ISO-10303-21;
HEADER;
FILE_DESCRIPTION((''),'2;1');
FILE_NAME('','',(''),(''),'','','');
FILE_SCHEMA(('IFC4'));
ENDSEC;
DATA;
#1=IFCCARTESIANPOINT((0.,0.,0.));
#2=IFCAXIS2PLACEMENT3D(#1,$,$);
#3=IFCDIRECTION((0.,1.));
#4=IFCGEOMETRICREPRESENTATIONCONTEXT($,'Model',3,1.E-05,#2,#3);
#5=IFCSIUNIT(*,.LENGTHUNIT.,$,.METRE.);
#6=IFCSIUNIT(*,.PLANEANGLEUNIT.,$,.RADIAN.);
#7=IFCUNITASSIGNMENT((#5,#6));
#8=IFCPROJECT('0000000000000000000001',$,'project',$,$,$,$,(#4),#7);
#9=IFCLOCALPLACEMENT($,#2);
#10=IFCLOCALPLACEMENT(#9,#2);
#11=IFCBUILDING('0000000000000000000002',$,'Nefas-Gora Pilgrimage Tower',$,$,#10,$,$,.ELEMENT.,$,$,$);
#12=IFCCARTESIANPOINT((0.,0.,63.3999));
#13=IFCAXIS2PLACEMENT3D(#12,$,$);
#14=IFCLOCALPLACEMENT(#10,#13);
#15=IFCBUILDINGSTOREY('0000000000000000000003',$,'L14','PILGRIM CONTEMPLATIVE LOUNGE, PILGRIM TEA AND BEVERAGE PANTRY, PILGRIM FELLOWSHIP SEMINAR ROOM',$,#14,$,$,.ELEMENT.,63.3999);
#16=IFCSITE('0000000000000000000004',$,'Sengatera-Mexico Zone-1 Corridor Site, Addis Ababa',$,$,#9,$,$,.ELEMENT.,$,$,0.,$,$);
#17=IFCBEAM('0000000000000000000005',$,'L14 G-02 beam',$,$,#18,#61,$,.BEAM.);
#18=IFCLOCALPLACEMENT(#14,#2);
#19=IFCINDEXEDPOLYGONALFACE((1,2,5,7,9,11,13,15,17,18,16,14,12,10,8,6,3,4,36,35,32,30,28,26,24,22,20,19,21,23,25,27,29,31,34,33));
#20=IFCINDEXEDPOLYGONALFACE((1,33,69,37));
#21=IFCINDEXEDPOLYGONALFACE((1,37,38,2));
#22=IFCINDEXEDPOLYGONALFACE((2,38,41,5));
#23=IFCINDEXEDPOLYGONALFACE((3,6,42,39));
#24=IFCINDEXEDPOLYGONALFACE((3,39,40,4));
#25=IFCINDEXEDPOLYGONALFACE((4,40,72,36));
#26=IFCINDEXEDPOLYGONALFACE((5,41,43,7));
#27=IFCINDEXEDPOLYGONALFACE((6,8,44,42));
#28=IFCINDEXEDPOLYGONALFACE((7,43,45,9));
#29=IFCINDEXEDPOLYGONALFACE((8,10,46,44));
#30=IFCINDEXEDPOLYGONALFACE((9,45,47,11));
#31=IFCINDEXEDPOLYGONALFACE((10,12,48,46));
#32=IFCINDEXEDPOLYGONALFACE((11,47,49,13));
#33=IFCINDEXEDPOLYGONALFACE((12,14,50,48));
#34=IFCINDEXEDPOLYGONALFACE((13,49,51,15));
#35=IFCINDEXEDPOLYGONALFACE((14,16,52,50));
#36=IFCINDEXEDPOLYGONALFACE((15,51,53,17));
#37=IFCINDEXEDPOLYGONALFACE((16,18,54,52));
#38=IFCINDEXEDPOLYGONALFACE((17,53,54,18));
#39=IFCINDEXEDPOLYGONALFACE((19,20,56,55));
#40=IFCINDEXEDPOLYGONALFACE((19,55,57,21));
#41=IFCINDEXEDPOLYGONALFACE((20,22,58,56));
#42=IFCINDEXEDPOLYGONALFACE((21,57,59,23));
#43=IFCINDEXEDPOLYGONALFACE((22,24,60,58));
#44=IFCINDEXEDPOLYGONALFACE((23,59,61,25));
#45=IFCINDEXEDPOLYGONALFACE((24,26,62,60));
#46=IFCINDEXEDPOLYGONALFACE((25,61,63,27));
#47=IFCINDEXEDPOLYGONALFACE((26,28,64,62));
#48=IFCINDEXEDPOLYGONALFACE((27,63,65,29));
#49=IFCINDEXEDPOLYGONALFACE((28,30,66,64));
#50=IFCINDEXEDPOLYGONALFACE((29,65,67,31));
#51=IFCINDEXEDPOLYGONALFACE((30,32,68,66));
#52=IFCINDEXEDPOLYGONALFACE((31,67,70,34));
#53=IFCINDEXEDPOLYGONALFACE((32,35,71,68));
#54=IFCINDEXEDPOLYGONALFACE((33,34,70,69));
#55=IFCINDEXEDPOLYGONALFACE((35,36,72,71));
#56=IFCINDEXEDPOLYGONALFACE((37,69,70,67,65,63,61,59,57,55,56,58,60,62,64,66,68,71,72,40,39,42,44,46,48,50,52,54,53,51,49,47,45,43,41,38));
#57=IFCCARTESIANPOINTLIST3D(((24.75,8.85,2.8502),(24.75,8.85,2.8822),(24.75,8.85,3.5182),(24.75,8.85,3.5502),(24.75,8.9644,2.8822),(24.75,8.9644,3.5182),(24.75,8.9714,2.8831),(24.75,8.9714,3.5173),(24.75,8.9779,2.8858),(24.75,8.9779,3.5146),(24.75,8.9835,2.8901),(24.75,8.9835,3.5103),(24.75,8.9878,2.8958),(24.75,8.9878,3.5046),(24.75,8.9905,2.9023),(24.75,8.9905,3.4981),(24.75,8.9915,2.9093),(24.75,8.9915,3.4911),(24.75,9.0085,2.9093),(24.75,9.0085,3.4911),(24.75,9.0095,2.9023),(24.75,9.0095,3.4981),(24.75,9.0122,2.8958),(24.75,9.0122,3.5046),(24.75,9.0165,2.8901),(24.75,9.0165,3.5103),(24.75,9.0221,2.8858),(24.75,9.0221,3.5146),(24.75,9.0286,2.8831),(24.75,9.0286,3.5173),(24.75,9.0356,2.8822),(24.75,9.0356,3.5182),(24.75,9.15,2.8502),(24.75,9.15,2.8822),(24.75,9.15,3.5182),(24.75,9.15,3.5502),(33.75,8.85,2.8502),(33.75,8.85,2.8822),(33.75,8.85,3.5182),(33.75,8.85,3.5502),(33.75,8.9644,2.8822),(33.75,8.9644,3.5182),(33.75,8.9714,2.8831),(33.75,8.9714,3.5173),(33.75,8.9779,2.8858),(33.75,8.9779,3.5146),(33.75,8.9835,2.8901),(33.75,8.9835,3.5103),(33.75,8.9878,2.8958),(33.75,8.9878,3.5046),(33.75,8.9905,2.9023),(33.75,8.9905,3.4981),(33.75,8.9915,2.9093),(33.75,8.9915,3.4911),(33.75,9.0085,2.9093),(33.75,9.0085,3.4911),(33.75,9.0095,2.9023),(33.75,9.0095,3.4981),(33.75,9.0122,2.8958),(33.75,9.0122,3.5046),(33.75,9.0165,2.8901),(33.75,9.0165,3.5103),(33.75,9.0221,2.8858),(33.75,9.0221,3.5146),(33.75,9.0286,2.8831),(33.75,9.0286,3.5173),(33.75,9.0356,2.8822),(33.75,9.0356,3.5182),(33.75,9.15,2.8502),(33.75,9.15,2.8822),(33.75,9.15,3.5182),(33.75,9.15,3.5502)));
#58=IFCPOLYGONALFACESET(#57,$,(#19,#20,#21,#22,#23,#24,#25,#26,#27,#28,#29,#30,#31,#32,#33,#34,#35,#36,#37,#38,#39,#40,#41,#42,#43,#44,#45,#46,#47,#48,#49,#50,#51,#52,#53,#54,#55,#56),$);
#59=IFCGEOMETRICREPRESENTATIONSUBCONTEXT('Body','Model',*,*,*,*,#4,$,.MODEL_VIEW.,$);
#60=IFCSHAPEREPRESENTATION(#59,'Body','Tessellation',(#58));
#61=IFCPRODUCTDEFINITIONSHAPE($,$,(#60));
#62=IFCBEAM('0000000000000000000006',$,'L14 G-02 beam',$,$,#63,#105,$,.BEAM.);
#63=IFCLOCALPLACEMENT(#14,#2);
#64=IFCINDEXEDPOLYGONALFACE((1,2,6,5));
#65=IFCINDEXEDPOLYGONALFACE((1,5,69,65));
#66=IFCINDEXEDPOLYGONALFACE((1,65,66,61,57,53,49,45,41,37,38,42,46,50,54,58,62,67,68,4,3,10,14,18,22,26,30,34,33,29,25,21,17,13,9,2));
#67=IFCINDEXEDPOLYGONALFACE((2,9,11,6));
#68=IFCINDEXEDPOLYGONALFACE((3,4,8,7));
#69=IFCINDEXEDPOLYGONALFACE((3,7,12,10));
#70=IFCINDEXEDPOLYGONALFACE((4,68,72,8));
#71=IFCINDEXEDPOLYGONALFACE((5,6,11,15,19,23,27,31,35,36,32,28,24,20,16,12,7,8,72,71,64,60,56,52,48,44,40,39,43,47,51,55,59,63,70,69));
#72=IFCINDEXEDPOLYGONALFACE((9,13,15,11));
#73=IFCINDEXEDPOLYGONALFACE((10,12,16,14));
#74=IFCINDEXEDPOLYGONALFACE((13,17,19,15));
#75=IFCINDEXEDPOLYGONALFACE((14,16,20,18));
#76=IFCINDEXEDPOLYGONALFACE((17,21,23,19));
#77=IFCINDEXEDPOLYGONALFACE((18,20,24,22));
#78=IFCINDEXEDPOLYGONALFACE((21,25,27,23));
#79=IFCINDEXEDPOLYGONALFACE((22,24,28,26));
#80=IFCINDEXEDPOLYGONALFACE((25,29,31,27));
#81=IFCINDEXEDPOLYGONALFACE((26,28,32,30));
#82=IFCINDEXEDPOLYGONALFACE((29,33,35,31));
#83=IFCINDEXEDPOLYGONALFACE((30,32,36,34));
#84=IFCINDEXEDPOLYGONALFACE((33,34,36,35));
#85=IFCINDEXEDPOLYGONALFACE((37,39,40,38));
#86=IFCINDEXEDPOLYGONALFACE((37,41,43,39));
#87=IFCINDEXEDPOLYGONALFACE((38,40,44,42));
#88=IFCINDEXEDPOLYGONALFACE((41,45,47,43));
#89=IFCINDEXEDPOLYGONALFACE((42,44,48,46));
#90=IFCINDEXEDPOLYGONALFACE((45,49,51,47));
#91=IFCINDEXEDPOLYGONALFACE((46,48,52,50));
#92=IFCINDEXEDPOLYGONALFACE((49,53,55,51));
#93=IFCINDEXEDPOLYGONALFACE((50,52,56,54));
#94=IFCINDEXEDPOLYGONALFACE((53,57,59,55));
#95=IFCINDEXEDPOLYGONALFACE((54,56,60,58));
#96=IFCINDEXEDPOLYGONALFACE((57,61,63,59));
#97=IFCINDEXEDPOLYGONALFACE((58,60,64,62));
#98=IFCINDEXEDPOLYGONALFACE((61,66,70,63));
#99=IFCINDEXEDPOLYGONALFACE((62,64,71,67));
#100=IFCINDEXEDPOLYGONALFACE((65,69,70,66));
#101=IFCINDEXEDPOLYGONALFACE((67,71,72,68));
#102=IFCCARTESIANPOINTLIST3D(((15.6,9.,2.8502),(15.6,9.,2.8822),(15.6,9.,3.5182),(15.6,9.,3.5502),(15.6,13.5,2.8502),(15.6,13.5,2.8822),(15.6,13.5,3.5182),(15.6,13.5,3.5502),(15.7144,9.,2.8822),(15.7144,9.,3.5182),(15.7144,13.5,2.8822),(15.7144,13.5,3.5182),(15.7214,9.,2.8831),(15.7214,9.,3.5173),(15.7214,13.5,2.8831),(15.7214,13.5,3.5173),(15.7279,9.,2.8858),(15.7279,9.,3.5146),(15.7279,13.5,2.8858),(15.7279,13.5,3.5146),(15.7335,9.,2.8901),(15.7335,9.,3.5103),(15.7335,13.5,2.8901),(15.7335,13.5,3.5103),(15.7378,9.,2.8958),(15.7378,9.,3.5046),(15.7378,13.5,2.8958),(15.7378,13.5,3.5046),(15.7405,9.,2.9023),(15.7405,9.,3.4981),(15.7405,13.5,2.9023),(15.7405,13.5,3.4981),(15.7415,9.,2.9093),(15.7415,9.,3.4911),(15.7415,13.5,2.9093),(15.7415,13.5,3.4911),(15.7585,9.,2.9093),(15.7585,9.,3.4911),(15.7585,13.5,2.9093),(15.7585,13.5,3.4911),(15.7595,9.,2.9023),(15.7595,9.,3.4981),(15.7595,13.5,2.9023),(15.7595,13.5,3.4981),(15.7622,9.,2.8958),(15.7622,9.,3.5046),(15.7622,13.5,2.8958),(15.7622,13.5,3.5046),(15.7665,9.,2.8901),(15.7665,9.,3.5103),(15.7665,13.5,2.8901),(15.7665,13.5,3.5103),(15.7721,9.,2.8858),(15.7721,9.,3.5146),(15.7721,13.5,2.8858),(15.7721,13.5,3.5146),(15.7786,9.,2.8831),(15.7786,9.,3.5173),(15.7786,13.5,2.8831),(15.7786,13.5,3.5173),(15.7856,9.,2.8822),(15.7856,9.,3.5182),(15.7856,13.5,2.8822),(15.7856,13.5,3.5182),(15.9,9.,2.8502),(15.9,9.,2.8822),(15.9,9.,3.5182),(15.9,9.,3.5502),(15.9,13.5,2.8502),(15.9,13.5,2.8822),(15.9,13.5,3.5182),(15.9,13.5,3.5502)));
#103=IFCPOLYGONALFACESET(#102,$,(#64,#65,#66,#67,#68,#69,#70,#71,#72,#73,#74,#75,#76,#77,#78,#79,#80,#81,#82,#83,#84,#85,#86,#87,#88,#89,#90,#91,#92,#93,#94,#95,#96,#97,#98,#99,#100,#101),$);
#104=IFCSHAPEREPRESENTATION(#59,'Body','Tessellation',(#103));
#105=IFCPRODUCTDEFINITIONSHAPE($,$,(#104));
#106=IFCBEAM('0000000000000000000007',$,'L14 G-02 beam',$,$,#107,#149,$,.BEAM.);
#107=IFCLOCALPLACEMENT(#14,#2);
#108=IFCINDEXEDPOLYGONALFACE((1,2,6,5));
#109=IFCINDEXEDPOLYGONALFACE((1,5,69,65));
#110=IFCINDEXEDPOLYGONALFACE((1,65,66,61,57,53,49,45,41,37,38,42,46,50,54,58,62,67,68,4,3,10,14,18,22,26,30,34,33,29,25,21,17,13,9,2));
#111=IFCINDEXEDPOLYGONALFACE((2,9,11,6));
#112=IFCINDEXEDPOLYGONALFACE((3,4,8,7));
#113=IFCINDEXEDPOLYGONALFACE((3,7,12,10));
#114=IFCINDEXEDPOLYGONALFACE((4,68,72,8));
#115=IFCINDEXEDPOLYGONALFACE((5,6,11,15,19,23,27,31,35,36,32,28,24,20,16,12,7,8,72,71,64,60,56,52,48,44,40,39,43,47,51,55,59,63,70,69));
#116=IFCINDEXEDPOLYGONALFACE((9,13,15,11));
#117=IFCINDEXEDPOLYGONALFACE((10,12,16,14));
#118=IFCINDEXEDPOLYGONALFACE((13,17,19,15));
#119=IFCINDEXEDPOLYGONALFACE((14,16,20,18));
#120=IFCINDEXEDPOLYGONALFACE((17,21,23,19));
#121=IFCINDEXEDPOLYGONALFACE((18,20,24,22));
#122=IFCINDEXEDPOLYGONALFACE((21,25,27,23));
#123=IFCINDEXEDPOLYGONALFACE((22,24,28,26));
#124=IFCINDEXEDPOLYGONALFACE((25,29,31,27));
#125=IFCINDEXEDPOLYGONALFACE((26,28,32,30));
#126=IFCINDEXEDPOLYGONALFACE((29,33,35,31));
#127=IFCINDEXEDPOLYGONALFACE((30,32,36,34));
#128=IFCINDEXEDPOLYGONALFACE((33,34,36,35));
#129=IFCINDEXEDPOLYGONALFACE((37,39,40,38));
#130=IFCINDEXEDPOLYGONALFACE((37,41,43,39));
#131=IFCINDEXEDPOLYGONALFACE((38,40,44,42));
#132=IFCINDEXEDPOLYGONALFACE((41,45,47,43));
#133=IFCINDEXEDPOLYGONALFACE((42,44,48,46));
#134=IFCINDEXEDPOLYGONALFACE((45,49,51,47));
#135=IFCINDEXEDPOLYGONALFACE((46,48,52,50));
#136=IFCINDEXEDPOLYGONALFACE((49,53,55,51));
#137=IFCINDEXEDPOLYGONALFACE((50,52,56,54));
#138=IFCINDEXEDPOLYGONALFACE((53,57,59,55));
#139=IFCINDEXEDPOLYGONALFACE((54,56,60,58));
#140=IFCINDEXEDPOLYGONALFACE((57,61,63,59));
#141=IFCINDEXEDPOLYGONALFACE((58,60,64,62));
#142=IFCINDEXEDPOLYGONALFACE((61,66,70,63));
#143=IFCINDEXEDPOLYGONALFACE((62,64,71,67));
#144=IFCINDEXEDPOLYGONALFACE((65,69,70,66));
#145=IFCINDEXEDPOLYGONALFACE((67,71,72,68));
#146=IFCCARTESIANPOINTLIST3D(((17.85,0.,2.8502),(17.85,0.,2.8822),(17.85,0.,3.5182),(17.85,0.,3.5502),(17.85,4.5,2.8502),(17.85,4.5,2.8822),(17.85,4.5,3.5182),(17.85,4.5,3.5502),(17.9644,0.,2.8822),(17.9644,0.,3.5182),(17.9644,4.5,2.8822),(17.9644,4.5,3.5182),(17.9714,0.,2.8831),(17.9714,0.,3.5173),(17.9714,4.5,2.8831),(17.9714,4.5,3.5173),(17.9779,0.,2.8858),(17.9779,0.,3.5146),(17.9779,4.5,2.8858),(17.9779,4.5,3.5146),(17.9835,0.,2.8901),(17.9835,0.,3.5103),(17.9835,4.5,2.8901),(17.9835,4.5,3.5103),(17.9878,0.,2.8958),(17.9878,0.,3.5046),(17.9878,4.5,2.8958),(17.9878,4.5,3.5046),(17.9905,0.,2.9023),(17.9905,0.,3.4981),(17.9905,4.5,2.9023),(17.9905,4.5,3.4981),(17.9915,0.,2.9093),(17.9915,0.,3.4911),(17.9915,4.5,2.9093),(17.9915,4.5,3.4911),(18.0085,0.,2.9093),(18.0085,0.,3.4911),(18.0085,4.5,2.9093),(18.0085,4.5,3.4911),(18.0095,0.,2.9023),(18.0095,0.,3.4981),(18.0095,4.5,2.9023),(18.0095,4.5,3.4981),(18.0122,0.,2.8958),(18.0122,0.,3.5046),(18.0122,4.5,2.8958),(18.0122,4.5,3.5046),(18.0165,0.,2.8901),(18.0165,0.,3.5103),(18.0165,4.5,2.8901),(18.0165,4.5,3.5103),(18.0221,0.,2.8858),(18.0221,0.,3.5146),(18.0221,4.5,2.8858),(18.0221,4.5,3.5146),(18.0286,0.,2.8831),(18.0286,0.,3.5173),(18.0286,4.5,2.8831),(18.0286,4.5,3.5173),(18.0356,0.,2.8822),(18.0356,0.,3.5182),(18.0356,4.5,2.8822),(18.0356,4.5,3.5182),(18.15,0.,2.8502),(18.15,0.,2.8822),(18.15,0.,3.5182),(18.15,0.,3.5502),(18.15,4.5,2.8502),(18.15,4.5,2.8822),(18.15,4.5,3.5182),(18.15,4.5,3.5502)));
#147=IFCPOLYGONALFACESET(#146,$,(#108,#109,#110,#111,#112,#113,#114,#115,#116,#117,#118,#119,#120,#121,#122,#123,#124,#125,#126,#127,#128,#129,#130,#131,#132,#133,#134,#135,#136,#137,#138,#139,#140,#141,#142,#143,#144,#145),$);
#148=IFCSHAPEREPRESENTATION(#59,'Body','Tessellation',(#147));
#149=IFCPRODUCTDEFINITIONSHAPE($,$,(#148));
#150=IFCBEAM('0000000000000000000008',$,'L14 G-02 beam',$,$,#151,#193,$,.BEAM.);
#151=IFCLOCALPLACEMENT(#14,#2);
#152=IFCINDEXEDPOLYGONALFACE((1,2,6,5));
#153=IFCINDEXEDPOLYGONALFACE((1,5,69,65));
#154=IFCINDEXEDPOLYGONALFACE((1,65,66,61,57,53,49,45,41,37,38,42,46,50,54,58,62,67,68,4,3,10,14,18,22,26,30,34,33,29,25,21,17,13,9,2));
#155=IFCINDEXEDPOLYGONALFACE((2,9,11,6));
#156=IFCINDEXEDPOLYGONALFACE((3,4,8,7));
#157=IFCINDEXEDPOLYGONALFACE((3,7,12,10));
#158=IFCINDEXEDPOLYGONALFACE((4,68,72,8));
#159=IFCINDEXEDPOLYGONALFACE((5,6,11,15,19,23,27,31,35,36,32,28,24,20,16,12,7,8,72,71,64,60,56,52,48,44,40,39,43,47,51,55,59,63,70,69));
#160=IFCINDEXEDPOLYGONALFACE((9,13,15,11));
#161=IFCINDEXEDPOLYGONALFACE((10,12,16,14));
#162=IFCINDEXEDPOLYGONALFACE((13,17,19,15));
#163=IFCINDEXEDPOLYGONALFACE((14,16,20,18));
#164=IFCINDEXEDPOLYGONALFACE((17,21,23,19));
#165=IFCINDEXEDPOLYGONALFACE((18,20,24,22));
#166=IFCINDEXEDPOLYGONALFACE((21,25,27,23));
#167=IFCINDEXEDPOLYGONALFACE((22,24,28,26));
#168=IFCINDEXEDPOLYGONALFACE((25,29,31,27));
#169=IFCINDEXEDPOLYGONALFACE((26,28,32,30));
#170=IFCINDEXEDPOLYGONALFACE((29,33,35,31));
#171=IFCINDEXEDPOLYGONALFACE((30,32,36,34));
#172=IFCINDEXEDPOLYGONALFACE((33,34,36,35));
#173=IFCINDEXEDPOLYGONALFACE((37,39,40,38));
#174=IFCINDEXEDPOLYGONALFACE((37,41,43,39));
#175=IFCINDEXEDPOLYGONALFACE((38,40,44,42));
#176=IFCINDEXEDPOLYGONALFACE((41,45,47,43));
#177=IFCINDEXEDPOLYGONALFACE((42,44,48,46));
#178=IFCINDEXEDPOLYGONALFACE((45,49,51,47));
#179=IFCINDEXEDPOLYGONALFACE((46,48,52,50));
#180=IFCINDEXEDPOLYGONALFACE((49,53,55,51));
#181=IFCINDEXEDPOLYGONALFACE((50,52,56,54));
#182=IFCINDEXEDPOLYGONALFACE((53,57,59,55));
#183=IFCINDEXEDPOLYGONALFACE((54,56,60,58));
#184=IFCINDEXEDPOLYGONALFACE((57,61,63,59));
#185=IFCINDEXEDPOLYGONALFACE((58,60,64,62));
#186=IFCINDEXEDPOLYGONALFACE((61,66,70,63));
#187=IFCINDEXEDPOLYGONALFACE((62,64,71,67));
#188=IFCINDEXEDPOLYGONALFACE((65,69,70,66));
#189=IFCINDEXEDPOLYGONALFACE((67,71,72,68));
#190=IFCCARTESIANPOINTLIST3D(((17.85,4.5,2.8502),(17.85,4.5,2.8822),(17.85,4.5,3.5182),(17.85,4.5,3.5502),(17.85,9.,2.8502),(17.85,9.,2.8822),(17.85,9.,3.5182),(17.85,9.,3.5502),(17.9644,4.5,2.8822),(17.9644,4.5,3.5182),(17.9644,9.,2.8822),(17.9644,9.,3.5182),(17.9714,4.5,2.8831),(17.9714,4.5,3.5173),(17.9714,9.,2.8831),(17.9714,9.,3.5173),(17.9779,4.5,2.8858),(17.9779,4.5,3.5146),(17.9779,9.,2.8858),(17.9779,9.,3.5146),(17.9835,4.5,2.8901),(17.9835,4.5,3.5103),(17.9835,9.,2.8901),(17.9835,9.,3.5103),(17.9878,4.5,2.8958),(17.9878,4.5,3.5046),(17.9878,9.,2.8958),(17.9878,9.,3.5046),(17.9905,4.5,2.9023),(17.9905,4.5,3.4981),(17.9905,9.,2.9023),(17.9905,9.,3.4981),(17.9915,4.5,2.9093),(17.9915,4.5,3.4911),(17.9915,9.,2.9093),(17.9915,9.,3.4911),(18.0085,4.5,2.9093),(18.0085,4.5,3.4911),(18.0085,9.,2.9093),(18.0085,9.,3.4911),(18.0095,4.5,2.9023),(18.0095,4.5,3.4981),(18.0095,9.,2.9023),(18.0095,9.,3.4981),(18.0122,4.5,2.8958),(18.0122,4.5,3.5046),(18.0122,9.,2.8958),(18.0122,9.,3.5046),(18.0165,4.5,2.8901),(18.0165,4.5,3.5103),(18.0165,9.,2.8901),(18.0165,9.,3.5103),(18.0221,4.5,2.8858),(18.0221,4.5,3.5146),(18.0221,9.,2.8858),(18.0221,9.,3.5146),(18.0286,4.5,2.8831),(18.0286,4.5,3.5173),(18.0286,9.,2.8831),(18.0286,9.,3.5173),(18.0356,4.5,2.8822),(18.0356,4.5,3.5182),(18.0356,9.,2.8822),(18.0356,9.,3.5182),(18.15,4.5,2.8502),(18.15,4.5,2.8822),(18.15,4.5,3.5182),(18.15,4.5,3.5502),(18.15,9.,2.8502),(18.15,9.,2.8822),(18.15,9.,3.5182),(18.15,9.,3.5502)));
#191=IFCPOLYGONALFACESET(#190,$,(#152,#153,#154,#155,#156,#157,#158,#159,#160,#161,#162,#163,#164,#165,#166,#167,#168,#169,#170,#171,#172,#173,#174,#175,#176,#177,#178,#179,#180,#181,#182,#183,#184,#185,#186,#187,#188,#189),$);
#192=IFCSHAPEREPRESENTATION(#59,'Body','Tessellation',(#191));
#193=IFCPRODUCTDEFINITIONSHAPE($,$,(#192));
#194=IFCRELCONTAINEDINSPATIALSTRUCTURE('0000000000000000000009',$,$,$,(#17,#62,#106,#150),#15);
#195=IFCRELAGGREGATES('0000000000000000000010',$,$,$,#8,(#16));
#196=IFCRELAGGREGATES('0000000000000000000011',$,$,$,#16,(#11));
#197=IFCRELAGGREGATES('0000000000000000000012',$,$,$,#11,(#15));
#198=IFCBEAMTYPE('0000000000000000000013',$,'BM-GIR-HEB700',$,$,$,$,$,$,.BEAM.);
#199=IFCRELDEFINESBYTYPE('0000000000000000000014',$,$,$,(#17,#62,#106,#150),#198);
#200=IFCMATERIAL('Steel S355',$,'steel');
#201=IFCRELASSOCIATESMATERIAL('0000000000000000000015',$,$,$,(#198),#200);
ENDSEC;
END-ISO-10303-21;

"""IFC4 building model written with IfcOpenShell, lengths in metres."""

from ifc_helpers import new_model, si_unit, direction, frame, origin, origin_2d, place, context, subcontext, project, spatial, i_section, extrude, source, transform, mapped, material, material_profile, profile_set, type_object, element, save


model = new_model("IFC4")

# Units and contexts
model_context = context("Model", 3, precision=1e-05, world=origin(), true_north=direction((0.0, 1.0)))
body_context = subcontext(model_context, "Body", "Model", "MODEL_VIEW")
ifc_project = project(units=[si_unit("LENGTHUNIT", "METRE"), si_unit("PLANEANGLEUNIT", "RADIAN")], contexts=[model_context])

# Site, building, storey
site_placement = place(None, origin())
site = spatial("IfcSite", under=ifc_project, at=site_placement, Name="Sengatera-Mexico Zone-1 Corridor Site, Addis Ababa", CompositionType="ELEMENT", RefElevation=0.0)
building_placement = place(site_placement, origin())
building = spatial("IfcBuilding", under=site, at=building_placement, Name="Nefas-Gora Pilgrimage Tower", CompositionType="ELEMENT")
storey_placement = place(building_placement, frame((0.0, 0.0, 63.3999)))
storey = spatial("IfcBuildingStorey", under=building, at=storey_placement, Name="L14", Description="PILGRIM CONTEMPLATIVE LOUNGE, PILGRIM TEA AND BEVERAGE PANTRY, PILGRIM FELLOWSHIP SEMINAR ROOM", CompositionType="ELEMENT", Elevation=63.3999)

# Beams
ifc_material_1 = material(Name="Steel S355", Category="steel")
ifc_material_profile_1 = material_profile(ifc_material_1, i_section(OverallWidth=0.3, OverallDepth=0.7, WebThickness=0.0171, FlangeThickness=0.032, FilletRadius=0.0271, at=origin_2d()), Name="HEB 700")
ifc_profile_set_1 = profile_set([ifc_material_profile_1], Name="Steel S355")
beam_type_1 = type_object("IfcBeamType", Name="BM-GIR-HEB700", PredefinedType="BEAM", material=ifc_profile_set_1)
shared_shape_1 = source(origin(), body_context, "Body", "SweptSolid", [
    extrude(i_section(OverallWidth=0.3, OverallDepth=0.7, WebThickness=0.0171, FlangeThickness=0.032, FilletRadius=0.0271, at=origin_2d()), origin(), (0.0, 0.0, 1.0), 9.0),
])
for number, where, z_axis, x_axis, name in (
    (1, (24.75, 9.0, 3.2002), (1.0, 0.0, 0.0), (0.0, 1.0, 0.0), "L14 G-02 beam"),
):
    element("IfcBeam", number, at=place(storey_placement, frame(where, z_axis=z_axis, x_axis=x_axis)), inside=storey, type_object=beam_type_1, Name=name, PredefinedType="BEAM", context=body_context, shape_type="MappedRepresentation", body=[
        mapped(shared_shape_1, transform((0.0, 0.0, 0.0), x_axis=(1.0, 0.0, 0.0), y_axis=(0.0, 1.0, 0.0), z_axis=(0.0, 0.0, 1.0), scale=1.0)),
    ])
shared_shape_2 = source(origin(), body_context, "Body", "SweptSolid", [
    extrude(i_section(OverallWidth=0.3, OverallDepth=0.7, WebThickness=0.0171, FlangeThickness=0.032, FilletRadius=0.0271, at=origin_2d()), origin(), (0.0, 0.0, 1.0), 4.5),
])
for number, where, z_axis, x_axis, name in (
    (2, (15.75, 9.0, 3.2002), (0.0, 1.0, 0.0), (-1.0, 0.0, 0.0), "L14 G-02 beam"),
    (3, (18.0, 0.0, 3.2002), (0.0, 1.0, 0.0), (-1.0, 0.0, 0.0), "L14 G-02 beam"),
    (4, (18.0, 4.5, 3.2002), (0.0, 1.0, 0.0), (-1.0, 0.0, 0.0), "L14 G-02 beam"),
):
    element("IfcBeam", number, at=place(storey_placement, frame(where, z_axis=z_axis, x_axis=x_axis)), inside=storey, type_object=beam_type_1, Name=name, PredefinedType="BEAM", context=body_context, shape_type="MappedRepresentation", body=[
        mapped(shared_shape_2, transform((0.0, 0.0, 0.0), x_axis=(1.0, 0.0, 0.0), y_axis=(0.0, 1.0, 0.0), z_axis=(0.0, 0.0, 1.0), scale=1.0)),
    ])

save(model, "model.ifc")
